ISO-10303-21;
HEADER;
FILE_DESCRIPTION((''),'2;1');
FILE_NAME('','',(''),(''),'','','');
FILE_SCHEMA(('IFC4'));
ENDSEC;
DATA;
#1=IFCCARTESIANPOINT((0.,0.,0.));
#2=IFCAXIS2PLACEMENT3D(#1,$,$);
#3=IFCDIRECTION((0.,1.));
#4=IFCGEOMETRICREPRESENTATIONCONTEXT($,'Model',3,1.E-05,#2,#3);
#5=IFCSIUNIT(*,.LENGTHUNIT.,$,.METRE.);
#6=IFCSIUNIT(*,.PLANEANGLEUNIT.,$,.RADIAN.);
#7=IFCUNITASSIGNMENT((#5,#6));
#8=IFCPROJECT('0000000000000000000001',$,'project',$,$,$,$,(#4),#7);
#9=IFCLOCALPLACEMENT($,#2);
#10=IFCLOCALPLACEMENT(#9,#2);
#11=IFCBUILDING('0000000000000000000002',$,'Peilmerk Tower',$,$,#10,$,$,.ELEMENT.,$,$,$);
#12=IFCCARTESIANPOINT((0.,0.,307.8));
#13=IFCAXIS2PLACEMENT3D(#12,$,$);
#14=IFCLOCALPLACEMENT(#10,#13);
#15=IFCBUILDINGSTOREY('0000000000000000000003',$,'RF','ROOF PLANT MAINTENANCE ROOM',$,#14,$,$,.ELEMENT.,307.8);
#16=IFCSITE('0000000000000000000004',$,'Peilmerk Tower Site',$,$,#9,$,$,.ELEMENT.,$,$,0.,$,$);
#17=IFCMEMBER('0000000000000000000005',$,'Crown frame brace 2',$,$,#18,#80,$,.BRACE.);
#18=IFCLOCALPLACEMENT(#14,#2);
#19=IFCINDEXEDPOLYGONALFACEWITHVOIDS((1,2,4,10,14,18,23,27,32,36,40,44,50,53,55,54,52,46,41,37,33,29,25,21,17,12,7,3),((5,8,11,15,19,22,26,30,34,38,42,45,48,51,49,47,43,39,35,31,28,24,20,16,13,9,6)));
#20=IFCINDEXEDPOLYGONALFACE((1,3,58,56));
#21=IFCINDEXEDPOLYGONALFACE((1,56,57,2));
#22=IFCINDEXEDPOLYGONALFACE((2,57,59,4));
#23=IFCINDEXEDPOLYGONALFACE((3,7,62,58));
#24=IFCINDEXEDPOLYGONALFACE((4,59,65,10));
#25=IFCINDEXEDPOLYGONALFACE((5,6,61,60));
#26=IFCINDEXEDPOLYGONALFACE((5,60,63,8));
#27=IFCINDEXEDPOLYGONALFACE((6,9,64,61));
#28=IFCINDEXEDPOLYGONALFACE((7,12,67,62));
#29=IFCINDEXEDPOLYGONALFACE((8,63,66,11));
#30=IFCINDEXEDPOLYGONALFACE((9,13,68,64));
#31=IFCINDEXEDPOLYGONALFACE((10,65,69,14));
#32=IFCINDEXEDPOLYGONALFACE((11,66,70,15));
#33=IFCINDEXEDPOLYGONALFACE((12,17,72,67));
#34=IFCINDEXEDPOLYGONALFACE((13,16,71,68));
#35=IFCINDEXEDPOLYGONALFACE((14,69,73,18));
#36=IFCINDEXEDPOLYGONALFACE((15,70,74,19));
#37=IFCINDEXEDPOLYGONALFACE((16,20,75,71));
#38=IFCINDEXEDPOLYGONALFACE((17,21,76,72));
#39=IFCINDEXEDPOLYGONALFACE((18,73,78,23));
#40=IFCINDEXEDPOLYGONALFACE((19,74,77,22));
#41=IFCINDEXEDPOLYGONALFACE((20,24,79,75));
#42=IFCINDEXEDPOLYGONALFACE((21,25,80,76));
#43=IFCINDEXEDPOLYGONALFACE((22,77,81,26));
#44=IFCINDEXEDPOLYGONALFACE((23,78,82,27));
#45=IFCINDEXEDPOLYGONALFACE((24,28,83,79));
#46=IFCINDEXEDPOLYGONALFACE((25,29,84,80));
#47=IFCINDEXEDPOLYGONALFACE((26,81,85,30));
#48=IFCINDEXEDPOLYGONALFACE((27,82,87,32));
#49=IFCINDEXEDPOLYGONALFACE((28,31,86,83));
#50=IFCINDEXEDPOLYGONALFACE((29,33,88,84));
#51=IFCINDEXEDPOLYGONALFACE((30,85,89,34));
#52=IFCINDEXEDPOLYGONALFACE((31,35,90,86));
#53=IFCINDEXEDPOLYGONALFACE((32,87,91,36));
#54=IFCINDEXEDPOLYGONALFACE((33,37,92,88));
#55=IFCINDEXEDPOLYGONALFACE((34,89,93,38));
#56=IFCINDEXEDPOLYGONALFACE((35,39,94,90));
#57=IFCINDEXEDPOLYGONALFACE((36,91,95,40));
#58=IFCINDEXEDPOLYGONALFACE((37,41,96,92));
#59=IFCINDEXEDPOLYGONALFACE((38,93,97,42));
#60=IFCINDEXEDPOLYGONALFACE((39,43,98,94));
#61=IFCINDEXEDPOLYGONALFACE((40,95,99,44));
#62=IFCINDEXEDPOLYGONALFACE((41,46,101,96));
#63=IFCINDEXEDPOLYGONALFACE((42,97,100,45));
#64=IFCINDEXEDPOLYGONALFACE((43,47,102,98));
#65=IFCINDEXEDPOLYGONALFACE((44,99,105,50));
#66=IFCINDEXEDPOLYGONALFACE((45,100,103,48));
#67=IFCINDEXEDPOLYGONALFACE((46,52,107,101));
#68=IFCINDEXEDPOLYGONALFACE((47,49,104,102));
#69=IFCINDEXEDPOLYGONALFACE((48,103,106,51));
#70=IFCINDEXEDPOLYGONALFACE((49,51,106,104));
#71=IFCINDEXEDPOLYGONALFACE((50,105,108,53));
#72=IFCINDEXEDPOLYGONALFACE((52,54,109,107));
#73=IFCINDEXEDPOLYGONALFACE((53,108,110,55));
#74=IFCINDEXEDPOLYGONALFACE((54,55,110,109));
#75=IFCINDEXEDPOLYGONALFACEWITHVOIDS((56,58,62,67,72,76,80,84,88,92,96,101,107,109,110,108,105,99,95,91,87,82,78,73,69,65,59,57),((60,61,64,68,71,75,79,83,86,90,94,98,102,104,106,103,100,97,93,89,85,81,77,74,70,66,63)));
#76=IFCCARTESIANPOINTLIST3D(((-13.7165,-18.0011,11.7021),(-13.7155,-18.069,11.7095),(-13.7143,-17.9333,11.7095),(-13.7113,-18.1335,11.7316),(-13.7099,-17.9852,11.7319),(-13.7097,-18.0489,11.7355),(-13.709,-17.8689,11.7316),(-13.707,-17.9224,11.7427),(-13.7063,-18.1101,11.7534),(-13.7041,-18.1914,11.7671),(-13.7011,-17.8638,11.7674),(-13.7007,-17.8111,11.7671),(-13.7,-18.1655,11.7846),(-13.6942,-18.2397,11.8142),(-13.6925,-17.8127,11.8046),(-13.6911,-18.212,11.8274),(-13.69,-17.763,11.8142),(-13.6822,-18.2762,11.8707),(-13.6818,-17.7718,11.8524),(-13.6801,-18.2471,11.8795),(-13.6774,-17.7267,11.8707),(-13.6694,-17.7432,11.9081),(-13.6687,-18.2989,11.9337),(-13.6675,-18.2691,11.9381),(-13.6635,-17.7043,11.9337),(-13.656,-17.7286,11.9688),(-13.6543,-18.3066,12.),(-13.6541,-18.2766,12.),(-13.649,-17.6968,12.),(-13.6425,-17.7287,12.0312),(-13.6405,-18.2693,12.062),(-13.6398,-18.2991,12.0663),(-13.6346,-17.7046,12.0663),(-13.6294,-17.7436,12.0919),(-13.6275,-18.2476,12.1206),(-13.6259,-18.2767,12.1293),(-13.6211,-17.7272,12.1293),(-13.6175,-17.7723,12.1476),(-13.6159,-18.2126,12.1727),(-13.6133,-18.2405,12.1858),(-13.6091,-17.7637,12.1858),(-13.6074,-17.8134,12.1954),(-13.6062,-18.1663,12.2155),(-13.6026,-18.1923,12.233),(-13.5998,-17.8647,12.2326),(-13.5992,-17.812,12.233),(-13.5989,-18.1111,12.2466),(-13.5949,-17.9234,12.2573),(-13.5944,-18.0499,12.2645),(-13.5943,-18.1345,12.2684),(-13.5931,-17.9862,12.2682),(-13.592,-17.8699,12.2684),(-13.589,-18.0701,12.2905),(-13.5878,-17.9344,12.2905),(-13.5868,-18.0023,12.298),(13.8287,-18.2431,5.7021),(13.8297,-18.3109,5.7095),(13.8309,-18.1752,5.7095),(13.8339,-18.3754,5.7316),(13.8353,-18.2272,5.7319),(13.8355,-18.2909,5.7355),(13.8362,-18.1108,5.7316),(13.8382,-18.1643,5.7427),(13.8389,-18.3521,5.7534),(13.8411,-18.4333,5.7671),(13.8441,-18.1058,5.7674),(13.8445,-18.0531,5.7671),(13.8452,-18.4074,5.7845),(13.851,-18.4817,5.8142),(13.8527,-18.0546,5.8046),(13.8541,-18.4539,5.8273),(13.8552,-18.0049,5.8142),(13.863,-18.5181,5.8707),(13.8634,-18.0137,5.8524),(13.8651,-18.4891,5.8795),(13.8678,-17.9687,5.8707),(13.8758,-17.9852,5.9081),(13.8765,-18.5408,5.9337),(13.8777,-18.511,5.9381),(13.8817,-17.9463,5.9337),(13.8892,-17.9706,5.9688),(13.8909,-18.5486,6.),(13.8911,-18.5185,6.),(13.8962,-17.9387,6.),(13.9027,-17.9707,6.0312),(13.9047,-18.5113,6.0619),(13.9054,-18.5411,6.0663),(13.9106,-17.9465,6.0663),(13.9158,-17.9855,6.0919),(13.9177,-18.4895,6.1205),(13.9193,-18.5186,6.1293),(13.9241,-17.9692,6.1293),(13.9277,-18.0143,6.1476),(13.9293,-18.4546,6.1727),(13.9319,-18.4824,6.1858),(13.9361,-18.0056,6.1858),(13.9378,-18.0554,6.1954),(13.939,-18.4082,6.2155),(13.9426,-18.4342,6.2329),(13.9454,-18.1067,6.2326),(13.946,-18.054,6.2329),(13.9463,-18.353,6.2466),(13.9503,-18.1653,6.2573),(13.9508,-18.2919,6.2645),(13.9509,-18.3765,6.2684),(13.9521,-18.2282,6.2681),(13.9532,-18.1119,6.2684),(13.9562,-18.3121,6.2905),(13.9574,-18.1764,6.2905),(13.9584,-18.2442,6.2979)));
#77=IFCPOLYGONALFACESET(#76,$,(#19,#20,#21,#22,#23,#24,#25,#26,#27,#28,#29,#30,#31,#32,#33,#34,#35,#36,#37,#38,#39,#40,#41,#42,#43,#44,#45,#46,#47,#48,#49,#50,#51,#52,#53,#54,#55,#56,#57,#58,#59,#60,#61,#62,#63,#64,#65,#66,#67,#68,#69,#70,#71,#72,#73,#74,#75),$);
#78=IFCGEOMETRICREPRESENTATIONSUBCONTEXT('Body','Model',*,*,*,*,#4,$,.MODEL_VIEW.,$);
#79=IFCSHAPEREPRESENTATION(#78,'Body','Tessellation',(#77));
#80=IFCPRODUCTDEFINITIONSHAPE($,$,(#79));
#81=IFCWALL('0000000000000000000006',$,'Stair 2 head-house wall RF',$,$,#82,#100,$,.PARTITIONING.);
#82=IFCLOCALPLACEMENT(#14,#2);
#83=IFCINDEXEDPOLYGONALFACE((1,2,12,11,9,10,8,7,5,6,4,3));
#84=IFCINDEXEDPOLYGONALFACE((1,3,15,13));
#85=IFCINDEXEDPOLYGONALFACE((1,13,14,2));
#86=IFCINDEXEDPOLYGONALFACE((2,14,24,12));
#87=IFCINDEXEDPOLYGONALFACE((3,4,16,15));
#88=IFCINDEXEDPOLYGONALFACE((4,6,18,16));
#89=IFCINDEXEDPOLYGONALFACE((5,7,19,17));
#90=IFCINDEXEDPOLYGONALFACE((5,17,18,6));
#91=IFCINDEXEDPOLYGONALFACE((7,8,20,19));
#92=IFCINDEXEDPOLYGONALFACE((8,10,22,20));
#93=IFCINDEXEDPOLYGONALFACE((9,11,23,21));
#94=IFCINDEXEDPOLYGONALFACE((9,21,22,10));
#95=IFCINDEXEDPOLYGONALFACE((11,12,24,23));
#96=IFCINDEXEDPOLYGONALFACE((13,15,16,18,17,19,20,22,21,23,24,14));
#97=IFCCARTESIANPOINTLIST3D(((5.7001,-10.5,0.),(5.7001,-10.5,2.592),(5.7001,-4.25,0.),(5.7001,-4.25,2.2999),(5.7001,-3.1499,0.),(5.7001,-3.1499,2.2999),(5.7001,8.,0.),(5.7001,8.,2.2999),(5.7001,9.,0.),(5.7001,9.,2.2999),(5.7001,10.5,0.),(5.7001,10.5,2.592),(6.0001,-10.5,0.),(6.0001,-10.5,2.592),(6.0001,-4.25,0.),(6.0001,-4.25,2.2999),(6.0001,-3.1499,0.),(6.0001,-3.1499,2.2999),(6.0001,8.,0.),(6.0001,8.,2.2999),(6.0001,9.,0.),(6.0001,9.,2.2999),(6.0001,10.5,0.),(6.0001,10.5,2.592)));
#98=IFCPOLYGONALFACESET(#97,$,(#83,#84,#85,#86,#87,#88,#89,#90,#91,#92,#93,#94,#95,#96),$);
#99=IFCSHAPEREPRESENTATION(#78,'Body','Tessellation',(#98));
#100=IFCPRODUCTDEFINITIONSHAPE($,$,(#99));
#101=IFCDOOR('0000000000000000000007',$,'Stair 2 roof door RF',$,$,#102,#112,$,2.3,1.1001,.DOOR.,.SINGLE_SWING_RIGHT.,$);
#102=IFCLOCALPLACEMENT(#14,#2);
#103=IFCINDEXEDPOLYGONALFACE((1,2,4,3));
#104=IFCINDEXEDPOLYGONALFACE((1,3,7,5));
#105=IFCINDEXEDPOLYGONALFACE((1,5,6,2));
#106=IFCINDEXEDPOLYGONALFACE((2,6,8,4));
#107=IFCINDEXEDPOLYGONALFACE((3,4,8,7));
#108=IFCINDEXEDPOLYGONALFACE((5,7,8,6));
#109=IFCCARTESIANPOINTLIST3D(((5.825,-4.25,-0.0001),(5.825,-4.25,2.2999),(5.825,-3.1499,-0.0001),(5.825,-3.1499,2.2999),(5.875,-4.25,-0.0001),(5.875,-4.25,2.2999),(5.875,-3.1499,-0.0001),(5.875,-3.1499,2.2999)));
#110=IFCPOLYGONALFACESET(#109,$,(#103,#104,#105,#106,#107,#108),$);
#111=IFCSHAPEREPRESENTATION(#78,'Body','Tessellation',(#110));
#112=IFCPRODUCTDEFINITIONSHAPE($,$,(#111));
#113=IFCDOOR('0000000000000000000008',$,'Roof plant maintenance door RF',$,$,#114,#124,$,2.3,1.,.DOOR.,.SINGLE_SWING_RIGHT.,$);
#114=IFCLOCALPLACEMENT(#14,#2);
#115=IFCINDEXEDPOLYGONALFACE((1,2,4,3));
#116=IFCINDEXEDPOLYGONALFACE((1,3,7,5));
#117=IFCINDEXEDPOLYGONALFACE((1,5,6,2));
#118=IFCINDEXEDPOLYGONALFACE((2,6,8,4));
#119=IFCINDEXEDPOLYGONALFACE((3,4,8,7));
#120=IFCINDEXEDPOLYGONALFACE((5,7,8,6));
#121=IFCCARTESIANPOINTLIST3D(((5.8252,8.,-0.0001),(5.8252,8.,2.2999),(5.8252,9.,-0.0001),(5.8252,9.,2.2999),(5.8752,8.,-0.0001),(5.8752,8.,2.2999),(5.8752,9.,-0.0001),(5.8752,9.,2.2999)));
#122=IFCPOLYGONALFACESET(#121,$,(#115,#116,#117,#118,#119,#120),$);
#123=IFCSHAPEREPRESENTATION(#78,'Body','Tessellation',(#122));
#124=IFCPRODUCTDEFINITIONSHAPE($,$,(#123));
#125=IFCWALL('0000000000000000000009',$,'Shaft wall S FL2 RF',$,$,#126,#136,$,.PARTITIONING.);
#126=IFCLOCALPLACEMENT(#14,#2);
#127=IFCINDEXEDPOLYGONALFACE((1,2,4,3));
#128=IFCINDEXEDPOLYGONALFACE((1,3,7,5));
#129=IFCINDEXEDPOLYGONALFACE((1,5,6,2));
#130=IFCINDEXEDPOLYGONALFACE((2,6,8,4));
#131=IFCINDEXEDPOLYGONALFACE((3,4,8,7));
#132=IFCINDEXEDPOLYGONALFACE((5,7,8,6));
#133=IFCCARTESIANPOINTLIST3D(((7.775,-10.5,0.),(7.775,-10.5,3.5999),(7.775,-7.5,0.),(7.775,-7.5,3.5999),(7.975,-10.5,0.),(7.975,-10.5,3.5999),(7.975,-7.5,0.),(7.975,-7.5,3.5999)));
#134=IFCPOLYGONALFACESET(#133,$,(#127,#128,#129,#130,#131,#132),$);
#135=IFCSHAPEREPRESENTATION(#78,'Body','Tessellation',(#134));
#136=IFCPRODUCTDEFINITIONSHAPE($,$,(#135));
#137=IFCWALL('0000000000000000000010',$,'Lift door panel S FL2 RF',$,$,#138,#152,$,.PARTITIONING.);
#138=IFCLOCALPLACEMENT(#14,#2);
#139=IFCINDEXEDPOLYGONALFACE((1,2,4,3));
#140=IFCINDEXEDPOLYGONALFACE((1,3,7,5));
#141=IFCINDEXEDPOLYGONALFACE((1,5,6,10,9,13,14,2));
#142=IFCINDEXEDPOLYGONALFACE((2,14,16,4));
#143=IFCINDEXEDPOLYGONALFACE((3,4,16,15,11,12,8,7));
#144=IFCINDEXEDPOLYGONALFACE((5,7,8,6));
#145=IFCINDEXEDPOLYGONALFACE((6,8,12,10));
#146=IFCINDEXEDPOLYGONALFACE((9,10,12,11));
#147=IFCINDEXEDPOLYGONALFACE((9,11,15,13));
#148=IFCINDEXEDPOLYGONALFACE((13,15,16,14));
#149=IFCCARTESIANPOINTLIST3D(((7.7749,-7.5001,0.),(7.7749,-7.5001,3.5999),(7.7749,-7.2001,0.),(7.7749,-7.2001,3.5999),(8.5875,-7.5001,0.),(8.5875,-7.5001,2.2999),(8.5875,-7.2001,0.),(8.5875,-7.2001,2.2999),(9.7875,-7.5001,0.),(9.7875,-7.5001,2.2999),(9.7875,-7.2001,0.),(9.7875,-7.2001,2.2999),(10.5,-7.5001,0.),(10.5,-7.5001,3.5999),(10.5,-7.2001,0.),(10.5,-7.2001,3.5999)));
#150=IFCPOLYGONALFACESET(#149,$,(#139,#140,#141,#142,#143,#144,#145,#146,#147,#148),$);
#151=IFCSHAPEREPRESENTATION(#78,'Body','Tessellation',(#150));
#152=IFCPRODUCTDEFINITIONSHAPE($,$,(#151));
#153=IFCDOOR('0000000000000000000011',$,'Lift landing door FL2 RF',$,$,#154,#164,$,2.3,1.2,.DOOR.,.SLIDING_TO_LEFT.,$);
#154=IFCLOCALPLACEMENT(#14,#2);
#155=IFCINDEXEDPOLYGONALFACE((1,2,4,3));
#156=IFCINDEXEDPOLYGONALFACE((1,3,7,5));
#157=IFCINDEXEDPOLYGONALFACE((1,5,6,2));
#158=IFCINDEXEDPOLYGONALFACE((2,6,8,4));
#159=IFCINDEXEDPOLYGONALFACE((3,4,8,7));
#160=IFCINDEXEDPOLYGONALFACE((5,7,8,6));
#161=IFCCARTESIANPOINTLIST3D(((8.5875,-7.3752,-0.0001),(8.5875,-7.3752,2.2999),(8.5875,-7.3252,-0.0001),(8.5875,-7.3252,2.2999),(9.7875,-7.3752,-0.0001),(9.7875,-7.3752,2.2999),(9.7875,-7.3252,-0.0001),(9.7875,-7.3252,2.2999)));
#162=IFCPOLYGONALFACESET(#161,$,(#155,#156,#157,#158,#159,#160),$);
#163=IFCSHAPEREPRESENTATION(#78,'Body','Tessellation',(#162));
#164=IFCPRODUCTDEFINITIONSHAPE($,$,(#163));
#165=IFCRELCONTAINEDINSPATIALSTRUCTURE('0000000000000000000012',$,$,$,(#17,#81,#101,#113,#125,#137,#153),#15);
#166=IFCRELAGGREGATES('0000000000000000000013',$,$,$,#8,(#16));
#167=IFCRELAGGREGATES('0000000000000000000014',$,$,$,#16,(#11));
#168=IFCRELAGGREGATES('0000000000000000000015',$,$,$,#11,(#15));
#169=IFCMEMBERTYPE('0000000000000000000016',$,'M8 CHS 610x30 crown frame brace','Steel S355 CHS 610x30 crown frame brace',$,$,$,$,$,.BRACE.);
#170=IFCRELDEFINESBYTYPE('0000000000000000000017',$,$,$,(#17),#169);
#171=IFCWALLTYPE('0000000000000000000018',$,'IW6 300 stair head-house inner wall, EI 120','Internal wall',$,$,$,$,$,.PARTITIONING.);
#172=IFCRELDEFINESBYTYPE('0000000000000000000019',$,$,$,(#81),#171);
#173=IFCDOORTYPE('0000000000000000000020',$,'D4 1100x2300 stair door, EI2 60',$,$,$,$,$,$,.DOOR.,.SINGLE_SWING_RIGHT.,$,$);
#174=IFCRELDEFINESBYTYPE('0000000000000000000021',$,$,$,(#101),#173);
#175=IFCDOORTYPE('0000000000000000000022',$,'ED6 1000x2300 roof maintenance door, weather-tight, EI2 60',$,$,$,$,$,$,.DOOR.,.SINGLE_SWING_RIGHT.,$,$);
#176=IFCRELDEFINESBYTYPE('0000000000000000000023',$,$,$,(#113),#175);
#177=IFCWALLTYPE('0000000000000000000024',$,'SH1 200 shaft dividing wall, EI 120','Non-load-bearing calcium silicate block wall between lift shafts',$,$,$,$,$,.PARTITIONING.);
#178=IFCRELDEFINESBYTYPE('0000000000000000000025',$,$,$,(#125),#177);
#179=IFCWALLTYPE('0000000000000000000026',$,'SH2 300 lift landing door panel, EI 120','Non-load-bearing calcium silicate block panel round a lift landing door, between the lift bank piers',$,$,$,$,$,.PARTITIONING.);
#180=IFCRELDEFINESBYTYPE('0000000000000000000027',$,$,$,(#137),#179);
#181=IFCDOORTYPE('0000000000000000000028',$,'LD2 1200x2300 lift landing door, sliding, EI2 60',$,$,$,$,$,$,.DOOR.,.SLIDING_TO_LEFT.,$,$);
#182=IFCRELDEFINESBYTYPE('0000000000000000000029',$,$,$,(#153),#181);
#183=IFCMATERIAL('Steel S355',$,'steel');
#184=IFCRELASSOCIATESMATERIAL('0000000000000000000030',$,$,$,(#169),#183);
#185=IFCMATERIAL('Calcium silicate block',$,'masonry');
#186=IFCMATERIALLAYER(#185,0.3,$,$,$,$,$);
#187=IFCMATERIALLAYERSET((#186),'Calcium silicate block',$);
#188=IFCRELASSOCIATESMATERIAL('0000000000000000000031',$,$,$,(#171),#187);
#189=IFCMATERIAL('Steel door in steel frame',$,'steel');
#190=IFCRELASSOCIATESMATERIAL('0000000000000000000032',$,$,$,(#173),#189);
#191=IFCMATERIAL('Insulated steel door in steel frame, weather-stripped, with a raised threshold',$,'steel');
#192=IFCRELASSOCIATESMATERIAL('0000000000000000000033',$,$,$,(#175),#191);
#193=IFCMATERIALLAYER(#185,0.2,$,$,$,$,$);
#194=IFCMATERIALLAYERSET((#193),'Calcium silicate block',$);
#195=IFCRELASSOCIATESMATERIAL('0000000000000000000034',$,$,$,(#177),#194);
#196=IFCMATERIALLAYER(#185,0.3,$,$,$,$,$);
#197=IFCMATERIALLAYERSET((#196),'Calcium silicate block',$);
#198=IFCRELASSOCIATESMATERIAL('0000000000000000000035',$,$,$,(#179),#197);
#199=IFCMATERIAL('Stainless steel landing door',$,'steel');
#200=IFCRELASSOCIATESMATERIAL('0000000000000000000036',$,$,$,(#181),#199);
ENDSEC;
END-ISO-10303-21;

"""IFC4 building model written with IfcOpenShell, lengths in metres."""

from ifc_helpers import new_model, si_unit, direction, frame, frame_2d, origin, origin_2d, place, context, subcontext, project, spatial, rectangle, hollow_circle, extrude, material, layer, layer_set, material_profile, profile_set, type_object, element, fill, save


model = new_model("IFC4")

# Units and contexts
model_context = context("Model", 3, precision=1e-05, world=origin(), true_north=direction((0.0, 1.0)))
body_context = subcontext(model_context, "Body", "Model", "MODEL_VIEW")
ifc_project = project(units=[si_unit("LENGTHUNIT", "METRE"), si_unit("PLANEANGLEUNIT", "RADIAN")], contexts=[model_context])

# Site, building, storey
site_placement = place(None, origin())
site = spatial("IfcSite", under=ifc_project, at=site_placement, Name="Peilmerk Tower Site", CompositionType="ELEMENT", RefElevation=0.0)
building_placement = place(site_placement, origin())
building = spatial("IfcBuilding", under=site, at=building_placement, Name="Peilmerk Tower", CompositionType="ELEMENT")
storey_placement = place(building_placement, frame((0.0, 0.0, 307.8)))
storey = spatial("IfcBuildingStorey", under=building, at=storey_placement, Name="RF", Description="ROOF PLANT MAINTENANCE ROOM", CompositionType="ELEMENT", Elevation=307.8)

# Shared definitions
ifc_material_1 = material(Name="Steel S355", Category="steel")

# Member
ifc_material_profile_1 = material_profile(ifc_material_1, hollow_circle(Radius=0.3049, WallThickness=0.03, at=origin_2d()), Name="CHS 610x30")
ifc_profile_set_1 = profile_set([ifc_material_profile_1], Name="Steel S355")
member_type_1 = type_object("IfcMemberType", Name="M8 CHS 610x30 crown frame brace", Description="Steel S355 CHS 610x30 crown frame brace", PredefinedType="BRACE", material=ifc_profile_set_1)
member_1_placement = place(storey_placement, frame((13.8936, -18.2437, 6.0), z_axis=(-0.977053, 0.008582, 0.212826), x_axis=(-0.008783, -0.999961, 0.0)))
element("IfcMember", 1, at=member_1_placement, inside=storey, type_object=member_type_1, Name="Crown frame brace 2", PredefinedType="BRACE", context=body_context, shape_type="SweptSolid", body=[
    extrude(hollow_circle(Radius=0.3049, WallThickness=0.03, at=origin_2d()), origin(), (0.0, 0.0, 1.0), 28.1921),
])

# Wall, openings, doors
ifc_material_2 = material(Name="Calcium silicate block", Category="masonry")
ifc_layer_1 = layer(ifc_material_2, 0.3)
ifc_layer_set_1 = layer_set([ifc_layer_1], Name="Calcium silicate block")
wall_type_1 = type_object("IfcWallType", Name="IW6 300 stair head-house inner wall, EI 120", Description="Internal wall", PredefinedType="PARTITIONING", material=ifc_layer_set_1)
wall_1_placement = place(storey_placement, frame((5.8501, -10.5, 0.0), z_axis=(0.0, 0.0, 1.0), x_axis=(0.0, 1.0, 0.0)))
wall_1 = element("IfcWall", 2, at=wall_1_placement, inside=storey, type_object=wall_type_1, Name="Stair 2 head-house wall RF", PredefinedType="PARTITIONING", context=body_context, shape_type="SweptSolid", body=[
    extrude(rectangle(XDim=21.0, YDim=0.3, at=frame_2d((10.5, 0.0))), origin(), (0.0, 0.0, 1.0), 2.592),
])
opening_1_placement = place(wall_1_placement, frame((6.25, 0.0, 0.0)))
opening_1 = element("IfcOpeningElement", 3, at=opening_1_placement, cuts=wall_1, PredefinedType="OPENING", context=body_context, shape_type="SweptSolid", body=[
    extrude(rectangle(XDim=1.1001, YDim=2.3, at=frame_2d((0.55, 1.1499))), frame((0.0, 0.1599, 0.0), z_axis=(0.0, -1.0, 0.0), x_axis=(1.0, 0.0, 0.0)), (0.0, 0.0, 1.0), 0.3201),
])
opening_2_placement = place(wall_1_placement, frame((18.5, 0.0, 0.0)))
opening_2 = element("IfcOpeningElement", 4, at=opening_2_placement, cuts=wall_1, PredefinedType="OPENING", context=body_context, shape_type="SweptSolid", body=[
    extrude(rectangle(XDim=1.0, YDim=2.3, at=frame_2d((0.5, 1.1499))), frame((0.0, 0.1599, 0.0), z_axis=(0.0, -1.0, 0.0), x_axis=(1.0, 0.0, 0.0)), (0.0, 0.0, 1.0), 0.3201),
])
ifc_material_3 = material(Name="Steel door in steel frame", Category="steel")
door_type_1 = type_object("IfcDoorType", Name="D4 1100x2300 stair door, EI2 60", OperationType="SINGLE_SWING_RIGHT", PredefinedType="DOOR", material=ifc_material_3)
door_1_placement = place(opening_1_placement, frame((1.1001, 0.0, 0.0), z_axis=(0.0, 0.0, 1.0), x_axis=(-1.0, 0.0, 0.0)))
door_1 = element("IfcDoor", 5, at=door_1_placement, inside=storey, type_object=door_type_1, Name="Stair 2 roof door RF", OperationType="SINGLE_SWING_RIGHT", OverallHeight=2.3, OverallWidth=1.1001, PredefinedType="DOOR", context=body_context, shape_type="SweptSolid", body=[
    extrude(rectangle(XDim=1.1001, YDim=2.3, at=frame_2d((0.55, 1.1499))), frame((0.0, 0.0249, 0.0), z_axis=(0.0, -1.0, 0.0), x_axis=(1.0, 0.0, 0.0)), (0.0, 0.0, 1.0), 0.05),
])
fill(opening_1, door_1)
ifc_material_4 = material(Name="Insulated steel door in steel frame, weather-stripped, with a raised threshold", Category="steel")
door_type_2 = type_object("IfcDoorType", Name="ED6 1000x2300 roof maintenance door, weather-tight, EI2 60", OperationType="SINGLE_SWING_RIGHT", PredefinedType="DOOR", material=ifc_material_4)
door_2_placement = place(opening_2_placement, origin())
door_2 = element("IfcDoor", 6, at=door_2_placement, inside=storey, type_object=door_type_2, Name="Roof plant maintenance door RF", OperationType="SINGLE_SWING_RIGHT", OverallHeight=2.3, OverallWidth=1.0, PredefinedType="DOOR", context=body_context, shape_type="SweptSolid", body=[
    extrude(rectangle(XDim=1.0, YDim=2.3, at=frame_2d((0.5, 1.1499))), frame((0.0, 0.0249, 0.0), z_axis=(0.0, -1.0, 0.0), x_axis=(1.0, 0.0, 0.0)), (0.0, 0.0, 1.0), 0.05),
])
fill(opening_2, door_2)

# Wall
ifc_layer_2 = layer(ifc_material_2, 0.2)
ifc_layer_set_2 = layer_set([ifc_layer_2], Name="Calcium silicate block")
wall_type_2 = type_object("IfcWallType", Name="SH1 200 shaft dividing wall, EI 120", Description="Non-load-bearing calcium silicate block wall between lift shafts", PredefinedType="PARTITIONING", material=ifc_layer_set_2)
wall_2_placement = place(storey_placement, frame((7.875, -10.5, 0.0), z_axis=(0.0, 0.0, 1.0), x_axis=(0.0, 1.0, 0.0)))
element("IfcWall", 7, at=wall_2_placement, inside=storey, type_object=wall_type_2, Name="Shaft wall S FL2 RF", PredefinedType="PARTITIONING", context=body_context, shape_type="SweptSolid", body=[
    extrude(rectangle(XDim=3.0, YDim=0.2, at=frame_2d((1.5, 0.0))), origin(), (0.0, 0.0, 1.0), 3.5999),
])

# Wall, opening, door
ifc_layer_3 = layer(ifc_material_2, 0.3)
ifc_layer_set_3 = layer_set([ifc_layer_3], Name="Calcium silicate block")
wall_type_3 = type_object("IfcWallType", Name="SH2 300 lift landing door panel, EI 120", Description="Non-load-bearing calcium silicate block panel round a lift landing door, between the lift bank piers", PredefinedType="PARTITIONING", material=ifc_layer_set_3)
wall_3_placement = place(storey_placement, frame((7.7749, -7.3501, 0.0), z_axis=(0.0, 0.0, 1.0), x_axis=(1.0, 0.0, 0.0)))
wall_3 = element("IfcWall", 8, at=wall_3_placement, inside=storey, type_object=wall_type_3, Name="Lift door panel S FL2 RF", PredefinedType="PARTITIONING", context=body_context, shape_type="SweptSolid", body=[
    extrude(rectangle(XDim=2.7251, YDim=0.3, at=frame_2d((1.3625, 0.0))), origin(), (0.0, 0.0, 1.0), 3.5999),
])
opening_3_placement = place(wall_3_placement, frame((0.8125, 0.0, 0.0)))
opening_3 = element("IfcOpeningElement", 9, at=opening_3_placement, cuts=wall_3, PredefinedType="OPENING", context=body_context, shape_type="SweptSolid", body=[
    extrude(rectangle(XDim=1.2, YDim=2.3, at=frame_2d((0.6001, 1.1499))), frame((0.0, 0.1599, 0.0), z_axis=(0.0, -1.0, 0.0), x_axis=(1.0, 0.0, 0.0)), (0.0, 0.0, 1.0), 0.3201),
])
ifc_material_5 = material(Name="Stainless steel landing door", Category="steel")
door_type_3 = type_object("IfcDoorType", Name="LD2 1200x2300 lift landing door, sliding, EI2 60", OperationType="SLIDING_TO_LEFT", PredefinedType="DOOR", material=ifc_material_5)
door_3_placement = place(opening_3_placement, origin())
door_3 = element("IfcDoor", 10, at=door_3_placement, inside=storey, type_object=door_type_3, Name="Lift landing door FL2 RF", OperationType="SLIDING_TO_LEFT", OverallHeight=2.3, OverallWidth=1.2, PredefinedType="DOOR", context=body_context, shape_type="SweptSolid", body=[
    extrude(rectangle(XDim=1.2, YDim=2.3, at=frame_2d((0.6001, 1.1499))), frame((0.0, 0.0249, 0.0), z_axis=(0.0, -1.0, 0.0), x_axis=(1.0, 0.0, 0.0)), (0.0, 0.0, 1.0), 0.05),
])
fill(opening_3, door_3)

save(model, "model.ifc")
